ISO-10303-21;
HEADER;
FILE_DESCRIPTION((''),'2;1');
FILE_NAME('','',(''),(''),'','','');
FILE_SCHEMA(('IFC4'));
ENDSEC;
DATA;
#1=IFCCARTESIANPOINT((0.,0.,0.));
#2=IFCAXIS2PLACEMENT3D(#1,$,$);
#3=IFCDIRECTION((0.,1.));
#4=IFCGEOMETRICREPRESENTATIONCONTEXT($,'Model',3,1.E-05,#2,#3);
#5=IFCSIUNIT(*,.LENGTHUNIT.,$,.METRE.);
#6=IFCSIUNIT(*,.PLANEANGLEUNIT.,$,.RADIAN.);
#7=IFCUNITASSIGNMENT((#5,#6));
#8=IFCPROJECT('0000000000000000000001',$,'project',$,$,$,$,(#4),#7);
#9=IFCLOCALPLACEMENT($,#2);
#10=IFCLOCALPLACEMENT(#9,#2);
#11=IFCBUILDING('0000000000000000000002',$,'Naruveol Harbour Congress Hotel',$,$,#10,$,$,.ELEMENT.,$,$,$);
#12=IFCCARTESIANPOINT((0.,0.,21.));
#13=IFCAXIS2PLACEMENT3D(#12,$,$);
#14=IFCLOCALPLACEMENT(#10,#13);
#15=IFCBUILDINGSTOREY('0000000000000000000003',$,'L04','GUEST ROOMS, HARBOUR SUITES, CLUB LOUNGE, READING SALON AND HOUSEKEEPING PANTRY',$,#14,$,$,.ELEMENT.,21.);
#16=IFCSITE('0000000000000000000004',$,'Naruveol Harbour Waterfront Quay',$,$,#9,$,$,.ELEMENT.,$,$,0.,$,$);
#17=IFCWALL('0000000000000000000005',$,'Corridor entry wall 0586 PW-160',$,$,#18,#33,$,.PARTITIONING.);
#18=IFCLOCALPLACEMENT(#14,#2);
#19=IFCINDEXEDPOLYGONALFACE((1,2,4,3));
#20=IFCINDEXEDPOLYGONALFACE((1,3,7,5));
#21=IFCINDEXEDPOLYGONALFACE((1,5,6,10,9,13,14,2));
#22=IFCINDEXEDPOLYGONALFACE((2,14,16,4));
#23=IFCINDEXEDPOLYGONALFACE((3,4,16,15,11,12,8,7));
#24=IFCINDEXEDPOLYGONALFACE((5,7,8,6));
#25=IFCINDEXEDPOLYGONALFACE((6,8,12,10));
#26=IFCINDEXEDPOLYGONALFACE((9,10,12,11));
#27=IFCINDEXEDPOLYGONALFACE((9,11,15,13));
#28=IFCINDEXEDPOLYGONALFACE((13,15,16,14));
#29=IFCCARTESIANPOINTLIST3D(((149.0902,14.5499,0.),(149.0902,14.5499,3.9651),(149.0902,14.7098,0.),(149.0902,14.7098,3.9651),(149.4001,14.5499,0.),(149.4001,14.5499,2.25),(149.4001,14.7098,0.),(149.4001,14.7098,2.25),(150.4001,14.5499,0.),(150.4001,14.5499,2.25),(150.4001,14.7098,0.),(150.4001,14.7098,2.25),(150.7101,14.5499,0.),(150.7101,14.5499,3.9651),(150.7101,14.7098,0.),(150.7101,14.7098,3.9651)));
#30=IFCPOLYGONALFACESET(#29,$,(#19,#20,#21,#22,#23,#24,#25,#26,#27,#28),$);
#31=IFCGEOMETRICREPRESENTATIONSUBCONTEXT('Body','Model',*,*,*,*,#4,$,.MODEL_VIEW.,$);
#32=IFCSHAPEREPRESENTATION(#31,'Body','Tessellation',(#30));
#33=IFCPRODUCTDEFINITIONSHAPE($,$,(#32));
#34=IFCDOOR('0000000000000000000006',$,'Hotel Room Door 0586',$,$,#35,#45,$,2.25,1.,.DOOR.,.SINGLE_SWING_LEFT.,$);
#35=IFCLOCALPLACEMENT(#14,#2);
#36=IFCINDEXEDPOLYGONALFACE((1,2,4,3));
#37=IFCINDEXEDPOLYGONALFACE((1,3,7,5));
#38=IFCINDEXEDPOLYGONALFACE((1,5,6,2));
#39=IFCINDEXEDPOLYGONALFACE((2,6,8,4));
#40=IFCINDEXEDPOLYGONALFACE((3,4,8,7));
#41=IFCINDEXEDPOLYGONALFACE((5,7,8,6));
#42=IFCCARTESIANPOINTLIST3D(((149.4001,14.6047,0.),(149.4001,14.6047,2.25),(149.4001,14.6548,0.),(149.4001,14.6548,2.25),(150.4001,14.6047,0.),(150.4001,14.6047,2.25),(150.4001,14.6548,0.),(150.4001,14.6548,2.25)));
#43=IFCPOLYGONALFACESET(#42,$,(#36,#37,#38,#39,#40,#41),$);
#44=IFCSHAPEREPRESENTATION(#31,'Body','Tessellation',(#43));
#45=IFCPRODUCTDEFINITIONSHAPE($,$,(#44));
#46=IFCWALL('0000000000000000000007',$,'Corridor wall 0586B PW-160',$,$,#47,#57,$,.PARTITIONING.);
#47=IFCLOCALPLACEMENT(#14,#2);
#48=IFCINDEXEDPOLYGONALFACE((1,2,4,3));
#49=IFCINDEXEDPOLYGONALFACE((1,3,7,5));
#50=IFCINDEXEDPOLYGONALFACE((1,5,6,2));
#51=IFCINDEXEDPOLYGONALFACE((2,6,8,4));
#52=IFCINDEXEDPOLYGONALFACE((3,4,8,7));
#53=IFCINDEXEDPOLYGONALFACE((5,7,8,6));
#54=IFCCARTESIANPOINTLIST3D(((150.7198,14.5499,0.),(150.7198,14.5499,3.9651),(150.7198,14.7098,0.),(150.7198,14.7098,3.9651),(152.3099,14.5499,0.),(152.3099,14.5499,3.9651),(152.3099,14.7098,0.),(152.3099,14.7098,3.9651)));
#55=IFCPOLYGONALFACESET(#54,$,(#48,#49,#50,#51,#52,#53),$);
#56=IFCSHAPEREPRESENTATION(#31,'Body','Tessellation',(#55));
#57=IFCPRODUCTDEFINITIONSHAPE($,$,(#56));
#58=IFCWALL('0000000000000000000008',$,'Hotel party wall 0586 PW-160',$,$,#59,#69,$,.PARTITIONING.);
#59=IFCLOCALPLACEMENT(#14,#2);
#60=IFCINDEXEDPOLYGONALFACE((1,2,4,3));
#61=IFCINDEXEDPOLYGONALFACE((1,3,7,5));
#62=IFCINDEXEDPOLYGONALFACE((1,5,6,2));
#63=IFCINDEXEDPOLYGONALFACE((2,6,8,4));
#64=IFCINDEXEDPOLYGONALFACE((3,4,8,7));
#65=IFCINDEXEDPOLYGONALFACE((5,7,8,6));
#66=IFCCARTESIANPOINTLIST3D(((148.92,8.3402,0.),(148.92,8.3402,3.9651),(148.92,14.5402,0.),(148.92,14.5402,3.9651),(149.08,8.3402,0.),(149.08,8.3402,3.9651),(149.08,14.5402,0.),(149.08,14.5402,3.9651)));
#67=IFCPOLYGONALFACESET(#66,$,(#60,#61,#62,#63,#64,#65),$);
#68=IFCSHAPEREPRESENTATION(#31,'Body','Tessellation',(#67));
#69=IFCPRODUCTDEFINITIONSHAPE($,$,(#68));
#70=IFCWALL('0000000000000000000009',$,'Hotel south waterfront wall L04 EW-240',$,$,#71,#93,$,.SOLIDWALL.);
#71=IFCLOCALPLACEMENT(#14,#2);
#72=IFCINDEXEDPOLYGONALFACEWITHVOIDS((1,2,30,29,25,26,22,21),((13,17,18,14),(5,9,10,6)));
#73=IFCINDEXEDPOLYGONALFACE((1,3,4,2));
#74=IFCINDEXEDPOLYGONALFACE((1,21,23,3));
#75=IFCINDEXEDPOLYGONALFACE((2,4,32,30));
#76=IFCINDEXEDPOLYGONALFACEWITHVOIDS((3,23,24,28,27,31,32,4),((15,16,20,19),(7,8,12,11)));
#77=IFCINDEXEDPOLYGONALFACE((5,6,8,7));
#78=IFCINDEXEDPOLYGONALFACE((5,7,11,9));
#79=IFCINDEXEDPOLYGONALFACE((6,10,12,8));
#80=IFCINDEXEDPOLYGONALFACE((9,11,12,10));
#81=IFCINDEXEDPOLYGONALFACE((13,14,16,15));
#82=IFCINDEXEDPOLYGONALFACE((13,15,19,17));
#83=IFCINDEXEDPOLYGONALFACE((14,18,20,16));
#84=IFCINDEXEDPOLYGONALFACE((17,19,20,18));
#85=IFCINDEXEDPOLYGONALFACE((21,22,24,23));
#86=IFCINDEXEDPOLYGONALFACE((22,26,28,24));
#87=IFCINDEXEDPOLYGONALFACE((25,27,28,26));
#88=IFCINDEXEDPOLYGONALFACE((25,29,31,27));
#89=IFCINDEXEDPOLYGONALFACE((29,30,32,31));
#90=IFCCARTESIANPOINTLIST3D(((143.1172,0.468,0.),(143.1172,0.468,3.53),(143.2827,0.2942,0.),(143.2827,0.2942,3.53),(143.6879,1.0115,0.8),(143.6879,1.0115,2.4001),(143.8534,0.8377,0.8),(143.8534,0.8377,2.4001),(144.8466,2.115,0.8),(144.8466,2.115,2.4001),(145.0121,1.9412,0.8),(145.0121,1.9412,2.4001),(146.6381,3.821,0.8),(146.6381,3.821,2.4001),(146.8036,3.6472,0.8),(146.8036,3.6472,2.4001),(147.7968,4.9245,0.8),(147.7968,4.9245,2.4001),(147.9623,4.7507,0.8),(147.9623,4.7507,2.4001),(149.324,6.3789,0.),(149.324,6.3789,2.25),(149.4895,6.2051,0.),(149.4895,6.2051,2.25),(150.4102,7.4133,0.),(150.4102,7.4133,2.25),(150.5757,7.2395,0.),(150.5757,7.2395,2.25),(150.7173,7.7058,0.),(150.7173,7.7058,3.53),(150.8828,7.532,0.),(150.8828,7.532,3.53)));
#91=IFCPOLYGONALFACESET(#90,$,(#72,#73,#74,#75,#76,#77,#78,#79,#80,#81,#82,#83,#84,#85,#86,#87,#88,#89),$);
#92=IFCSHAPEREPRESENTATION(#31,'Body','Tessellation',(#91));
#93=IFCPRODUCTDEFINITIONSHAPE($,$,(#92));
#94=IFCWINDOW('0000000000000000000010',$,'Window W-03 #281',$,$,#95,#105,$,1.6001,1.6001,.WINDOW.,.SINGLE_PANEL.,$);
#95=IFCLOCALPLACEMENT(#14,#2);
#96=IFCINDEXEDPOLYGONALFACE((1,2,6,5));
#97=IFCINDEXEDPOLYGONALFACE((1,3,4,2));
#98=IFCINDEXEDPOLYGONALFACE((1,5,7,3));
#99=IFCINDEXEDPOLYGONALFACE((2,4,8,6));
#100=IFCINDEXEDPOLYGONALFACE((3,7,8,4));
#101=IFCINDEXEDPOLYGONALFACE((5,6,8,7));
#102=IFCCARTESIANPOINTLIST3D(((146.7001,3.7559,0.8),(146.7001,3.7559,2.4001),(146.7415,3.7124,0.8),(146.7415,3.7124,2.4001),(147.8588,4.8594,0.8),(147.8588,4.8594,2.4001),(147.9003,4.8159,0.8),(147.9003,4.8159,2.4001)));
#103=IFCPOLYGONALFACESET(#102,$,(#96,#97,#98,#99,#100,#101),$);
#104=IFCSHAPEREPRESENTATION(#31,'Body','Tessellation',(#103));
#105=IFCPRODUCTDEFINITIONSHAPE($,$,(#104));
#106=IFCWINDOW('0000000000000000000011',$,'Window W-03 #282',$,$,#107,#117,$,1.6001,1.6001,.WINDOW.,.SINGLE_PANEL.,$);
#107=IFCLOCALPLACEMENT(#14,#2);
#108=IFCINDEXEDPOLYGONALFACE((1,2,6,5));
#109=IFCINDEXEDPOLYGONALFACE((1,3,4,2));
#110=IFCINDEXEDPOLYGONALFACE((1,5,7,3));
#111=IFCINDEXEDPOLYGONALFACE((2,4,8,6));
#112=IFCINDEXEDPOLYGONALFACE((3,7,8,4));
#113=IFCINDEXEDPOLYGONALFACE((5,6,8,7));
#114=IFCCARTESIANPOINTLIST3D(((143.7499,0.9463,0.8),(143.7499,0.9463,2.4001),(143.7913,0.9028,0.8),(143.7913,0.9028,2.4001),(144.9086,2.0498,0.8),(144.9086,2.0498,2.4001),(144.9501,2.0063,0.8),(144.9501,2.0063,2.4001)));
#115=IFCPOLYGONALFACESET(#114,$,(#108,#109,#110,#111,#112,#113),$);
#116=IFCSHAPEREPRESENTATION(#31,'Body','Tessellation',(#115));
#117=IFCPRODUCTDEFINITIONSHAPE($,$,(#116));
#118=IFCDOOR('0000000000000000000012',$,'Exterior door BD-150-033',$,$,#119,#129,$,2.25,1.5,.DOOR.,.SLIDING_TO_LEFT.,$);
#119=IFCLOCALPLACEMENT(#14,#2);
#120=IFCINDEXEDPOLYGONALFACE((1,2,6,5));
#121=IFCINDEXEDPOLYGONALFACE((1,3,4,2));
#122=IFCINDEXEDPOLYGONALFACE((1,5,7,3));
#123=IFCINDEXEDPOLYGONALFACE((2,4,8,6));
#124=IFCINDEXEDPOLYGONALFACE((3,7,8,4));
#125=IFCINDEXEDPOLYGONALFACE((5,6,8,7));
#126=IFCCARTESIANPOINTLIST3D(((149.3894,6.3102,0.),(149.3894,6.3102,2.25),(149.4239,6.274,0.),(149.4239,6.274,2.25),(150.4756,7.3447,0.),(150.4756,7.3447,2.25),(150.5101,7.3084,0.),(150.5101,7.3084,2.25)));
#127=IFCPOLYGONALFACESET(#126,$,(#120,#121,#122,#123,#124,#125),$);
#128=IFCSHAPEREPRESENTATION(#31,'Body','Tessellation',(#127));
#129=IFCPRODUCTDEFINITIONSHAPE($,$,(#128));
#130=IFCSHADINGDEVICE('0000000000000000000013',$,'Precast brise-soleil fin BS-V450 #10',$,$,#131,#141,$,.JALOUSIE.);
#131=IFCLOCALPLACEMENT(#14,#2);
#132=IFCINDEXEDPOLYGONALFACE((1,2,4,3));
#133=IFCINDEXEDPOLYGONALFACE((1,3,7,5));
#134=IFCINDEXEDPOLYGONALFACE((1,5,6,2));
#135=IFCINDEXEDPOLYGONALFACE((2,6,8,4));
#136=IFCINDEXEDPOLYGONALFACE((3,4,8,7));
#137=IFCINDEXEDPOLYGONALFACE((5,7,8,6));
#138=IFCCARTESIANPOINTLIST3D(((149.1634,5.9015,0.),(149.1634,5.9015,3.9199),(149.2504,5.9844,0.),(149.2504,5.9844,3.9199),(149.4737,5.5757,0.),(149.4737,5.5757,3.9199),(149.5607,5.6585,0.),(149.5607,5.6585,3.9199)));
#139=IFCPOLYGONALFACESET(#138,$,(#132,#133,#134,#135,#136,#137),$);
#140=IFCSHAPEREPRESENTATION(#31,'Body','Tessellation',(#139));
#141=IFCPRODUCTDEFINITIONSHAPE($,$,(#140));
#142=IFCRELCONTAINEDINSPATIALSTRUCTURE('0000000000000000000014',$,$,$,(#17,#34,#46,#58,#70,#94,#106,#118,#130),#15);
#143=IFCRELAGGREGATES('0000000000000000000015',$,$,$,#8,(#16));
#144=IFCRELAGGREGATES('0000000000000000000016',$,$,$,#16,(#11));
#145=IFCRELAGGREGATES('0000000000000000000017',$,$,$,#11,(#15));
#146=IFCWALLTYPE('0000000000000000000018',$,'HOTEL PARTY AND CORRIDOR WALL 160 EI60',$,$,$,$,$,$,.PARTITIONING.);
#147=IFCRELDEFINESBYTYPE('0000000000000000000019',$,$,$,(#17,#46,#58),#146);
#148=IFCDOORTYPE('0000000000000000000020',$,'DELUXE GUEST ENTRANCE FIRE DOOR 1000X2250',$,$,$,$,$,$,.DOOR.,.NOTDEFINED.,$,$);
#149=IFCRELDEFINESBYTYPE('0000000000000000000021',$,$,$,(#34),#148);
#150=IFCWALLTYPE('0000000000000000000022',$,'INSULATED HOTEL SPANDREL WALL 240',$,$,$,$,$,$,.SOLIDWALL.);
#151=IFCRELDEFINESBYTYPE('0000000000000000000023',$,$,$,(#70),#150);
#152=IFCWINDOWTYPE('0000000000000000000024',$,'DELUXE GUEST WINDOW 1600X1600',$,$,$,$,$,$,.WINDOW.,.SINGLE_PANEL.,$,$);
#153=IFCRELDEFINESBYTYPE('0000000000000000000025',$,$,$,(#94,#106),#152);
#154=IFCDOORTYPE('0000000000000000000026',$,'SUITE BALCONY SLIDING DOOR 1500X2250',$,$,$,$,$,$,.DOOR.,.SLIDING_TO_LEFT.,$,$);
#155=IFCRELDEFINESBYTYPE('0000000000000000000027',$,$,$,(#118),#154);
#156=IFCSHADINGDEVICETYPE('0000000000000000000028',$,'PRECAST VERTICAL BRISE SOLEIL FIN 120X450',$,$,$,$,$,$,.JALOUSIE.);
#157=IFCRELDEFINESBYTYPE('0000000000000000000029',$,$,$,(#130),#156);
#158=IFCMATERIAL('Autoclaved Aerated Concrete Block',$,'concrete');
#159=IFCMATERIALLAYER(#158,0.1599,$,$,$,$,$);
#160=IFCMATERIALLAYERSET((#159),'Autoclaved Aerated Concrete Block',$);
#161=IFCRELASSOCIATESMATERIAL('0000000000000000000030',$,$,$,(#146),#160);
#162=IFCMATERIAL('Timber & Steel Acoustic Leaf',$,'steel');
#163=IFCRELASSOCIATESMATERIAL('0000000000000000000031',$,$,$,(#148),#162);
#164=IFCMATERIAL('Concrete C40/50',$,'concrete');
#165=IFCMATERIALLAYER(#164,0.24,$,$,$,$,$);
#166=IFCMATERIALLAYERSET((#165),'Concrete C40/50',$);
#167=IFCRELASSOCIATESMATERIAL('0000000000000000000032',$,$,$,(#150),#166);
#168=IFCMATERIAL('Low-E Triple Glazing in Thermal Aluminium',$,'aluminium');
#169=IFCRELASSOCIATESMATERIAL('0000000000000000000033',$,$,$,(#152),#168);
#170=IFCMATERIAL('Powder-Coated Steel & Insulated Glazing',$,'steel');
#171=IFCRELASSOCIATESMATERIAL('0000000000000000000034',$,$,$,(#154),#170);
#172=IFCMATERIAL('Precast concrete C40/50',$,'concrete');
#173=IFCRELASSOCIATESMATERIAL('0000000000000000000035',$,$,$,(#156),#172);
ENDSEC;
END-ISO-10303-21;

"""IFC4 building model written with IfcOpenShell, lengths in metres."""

from ifc_helpers import new_model, si_unit, direction, frame, frame_2d, origin, origin_2d, place, context, subcontext, project, spatial, rectangle, extrude, material, layer, layer_set, type_object, element, fill, save


model = new_model("IFC4")

# Units and contexts
model_context = context("Model", 3, precision=1e-05, world=origin(), true_north=direction((0.0, 1.0)))
body_context = subcontext(model_context, "Body", "Model", "MODEL_VIEW")
ifc_project = project(units=[si_unit("LENGTHUNIT", "METRE"), si_unit("PLANEANGLEUNIT", "RADIAN")], contexts=[model_context])

# Site, building, storey
site_placement = place(None, origin())
site = spatial("IfcSite", under=ifc_project, at=site_placement, Name="Naruveol Harbour Waterfront Quay", CompositionType="ELEMENT", RefElevation=0.0)
building_placement = place(site_placement, origin())
building = spatial("IfcBuilding", under=site, at=building_placement, Name="Naruveol Harbour Congress Hotel", CompositionType="ELEMENT")
storey_placement = place(building_placement, frame((0.0, 0.0, 21.0)))
storey = spatial("IfcBuildingStorey", under=building, at=storey_placement, Name="L04", Description="GUEST ROOMS, HARBOUR SUITES, CLUB LOUNGE, READING SALON AND HOUSEKEEPING PANTRY", CompositionType="ELEMENT", Elevation=21.0)

# Shared definitions
ifc_material_1 = material(Name="Autoclaved Aerated Concrete Block", Category="concrete")
ifc_layer_1 = layer(ifc_material_1, 0.1599)
ifc_layer_set_1 = layer_set([ifc_layer_1], Name="Autoclaved Aerated Concrete Block")
wall_type_1 = type_object("IfcWallType", Name="HOTEL PARTY AND CORRIDOR WALL 160 EI60", PredefinedType="PARTITIONING", material=ifc_layer_set_1)

# Wall, opening, door
wall_1_placement = place(storey_placement, frame((149.0901, 14.6299, 0.0), z_axis=(0.0, 0.0, 1.0), x_axis=(1.0, 0.0, 0.0)))
wall_1 = element("IfcWall", 1, at=wall_1_placement, inside=storey, type_object=wall_type_1, Name="Corridor entry wall 0586 PW-160", PredefinedType="PARTITIONING", context=body_context, shape_type="SweptSolid", body=[
    extrude(rectangle(XDim=1.6199, YDim=0.1599, at=frame_2d((0.8101, 0.0))), origin(), (0.0, 0.0, 1.0), 3.9651),
])
opening_1_placement = place(wall_1_placement, frame((0.3101, 0.0, 0.0)))
opening_1 = element("IfcOpeningElement", 2, at=opening_1_placement, cuts=wall_1, PredefinedType="OPENING", context=body_context, shape_type="SweptSolid", body=[
    extrude(rectangle(XDim=1.0, YDim=2.25, at=frame_2d((0.5, 1.125))), frame((0.0, 0.0898, 0.0), z_axis=(0.0, -1.0, 0.0), x_axis=(1.0, 0.0, 0.0)), (0.0, 0.0, 1.0), 0.1799),
])
ifc_material_2 = material(Name="Timber & Steel Acoustic Leaf", Category="steel")
door_type_1 = type_object("IfcDoorType", Name="DELUXE GUEST ENTRANCE FIRE DOOR 1000X2250", OperationType="NOTDEFINED", PredefinedType="DOOR", material=ifc_material_2)
door_1_placement = place(opening_1_placement, origin())
door_1 = element("IfcDoor", 3, at=door_1_placement, inside=storey, type_object=door_type_1, Name="Hotel Room Door 0586", OperationType="SINGLE_SWING_LEFT", OverallHeight=2.25, OverallWidth=1.0, PredefinedType="DOOR", context=body_context, shape_type="SweptSolid", body=[
    extrude(rectangle(XDim=1.0, YDim=2.25, at=frame_2d((0.5, 1.125))), frame((0.0, 0.0249, 0.0), z_axis=(0.0, -1.0, 0.0), x_axis=(1.0, 0.0, 0.0)), (0.0, 0.0, 1.0), 0.05),
])
fill(opening_1, door_1)

# Walls
wall_2_placement = place(storey_placement, frame((150.72, 14.6299, 0.0), z_axis=(0.0, 0.0, 1.0), x_axis=(1.0, 0.0, 0.0)))
element("IfcWall", 4, at=wall_2_placement, inside=storey, type_object=wall_type_1, Name="Corridor wall 0586B PW-160", PredefinedType="PARTITIONING", context=body_context, shape_type="SweptSolid", body=[
    extrude(rectangle(XDim=1.5901, YDim=0.1599, at=frame_2d((0.7949, 0.0))), origin(), (0.0, 0.0, 1.0), 3.9651),
])
wall_3_placement = place(storey_placement, frame((149.0, 8.3401, 0.0), z_axis=(0.0, 0.0, 1.0), x_axis=(0.0, 1.0, 0.0)))
element("IfcWall", 5, at=wall_3_placement, inside=storey, type_object=wall_type_1, Name="Hotel party wall 0586 PW-160", PredefinedType="PARTITIONING", context=body_context, shape_type="SweptSolid", body=[
    extrude(rectangle(XDim=6.2, YDim=0.1599, at=frame_2d((3.1001, 0.0))), origin(), (0.0, 0.0, 1.0), 3.9651),
])

# Wall, openings, windows, door
ifc_material_3 = material(Name="Concrete C40/50", Category="concrete")
ifc_layer_2 = layer(ifc_material_3, 0.24)
ifc_layer_set_2 = layer_set([ifc_layer_2], Name="Concrete C40/50")
wall_type_2 = type_object("IfcWallType", Name="INSULATED HOTEL SPANDREL WALL 240", PredefinedType="SOLIDWALL", material=ifc_layer_set_2)
wall_4_placement = place(storey_placement, frame((150.8, 7.6189, 0.0), z_axis=(0.0, 0.0, 1.0), x_axis=(-0.724157, -0.689635, 0.0)))
wall_4 = element("IfcWall", 6, at=wall_4_placement, inside=storey, type_object=wall_type_2, Name="Hotel south waterfront wall L04 EW-240", PredefinedType="SOLIDWALL", context=body_context, shape_type="SweptSolid", body=[
    extrude(rectangle(XDim=10.4951, YDim=0.24, at=frame_2d((5.2476, 0.0))), origin(), (0.0, 0.0, 1.0), 3.53),
])
opening_2_placement = place(wall_4_placement, frame((0.4241, 0.0, 0.0)))
opening_2 = element("IfcOpeningElement", 7, at=opening_2_placement, cuts=wall_4, PredefinedType="OPENING", context=body_context, shape_type="SweptSolid", body=[
    extrude(rectangle(XDim=1.5, YDim=2.25, at=frame_2d((0.75, 1.125))), frame((0.0, 0.1299, 0.0), z_axis=(0.0, -1.0, 0.0), x_axis=(1.0, 0.0, 0.0)), (0.0, 0.0, 1.0), 0.26),
])
opening_3_placement = place(wall_4_placement, frame((4.033, 0.0, 0.8)))
opening_3 = element("IfcOpeningElement", 8, at=opening_3_placement, cuts=wall_4, PredefinedType="OPENING", context=body_context, shape_type="SweptSolid", body=[
    extrude(rectangle(XDim=1.6001, YDim=1.6001, at=frame_2d((0.8, 0.8))), frame((0.0, 0.1299, 0.0), z_axis=(0.0, -1.0, 0.0), x_axis=(1.0, 0.0, 0.0)), (0.0, 0.0, 1.0), 0.26),
])
opening_4_placement = place(wall_4_placement, frame((8.1069, 0.0, 0.8)))
opening_4 = element("IfcOpeningElement", 9, at=opening_4_placement, cuts=wall_4, PredefinedType="OPENING", context=body_context, shape_type="SweptSolid", body=[
    extrude(rectangle(XDim=1.6001, YDim=1.6001, at=frame_2d((0.8, 0.8))), frame((0.0, 0.1299, 0.0), z_axis=(0.0, -1.0, 0.0), x_axis=(1.0, 0.0, 0.0)), (0.0, 0.0, 1.0), 0.26),
])
ifc_material_4 = material(Name="Low-E Triple Glazing in Thermal Aluminium", Category="aluminium")
window_type = type_object("IfcWindowType", Name="DELUXE GUEST WINDOW 1600X1600", PartitioningType="SINGLE_PANEL", PredefinedType="WINDOW", material=ifc_material_4)
window_1_placement = place(opening_3_placement, origin())
window_1 = element("IfcWindow", 10, at=window_1_placement, inside=storey, type_object=window_type, Name="Window W-03 #281", OverallHeight=1.6001, OverallWidth=1.6001, PartitioningType="SINGLE_PANEL", PredefinedType="WINDOW", context=body_context, shape_type="SweptSolid", body=[
    extrude(rectangle(XDim=1.6001, YDim=1.6001, at=frame_2d((0.8, 0.8))), frame((0.0, 0.03, 0.0), z_axis=(0.0, -1.0, 0.0), x_axis=(1.0, 0.0, 0.0)), (0.0, 0.0, 1.0), 0.0601),
])
fill(opening_3, window_1)
window_2_placement = place(opening_4_placement, origin())
window_2 = element("IfcWindow", 11, at=window_2_placement, inside=storey, type_object=window_type, Name="Window W-03 #282", OverallHeight=1.6001, OverallWidth=1.6001, PartitioningType="SINGLE_PANEL", PredefinedType="WINDOW", context=body_context, shape_type="SweptSolid", body=[
    extrude(rectangle(XDim=1.6001, YDim=1.6001, at=frame_2d((0.8, 0.8))), frame((0.0, 0.03, 0.0), z_axis=(0.0, -1.0, 0.0), x_axis=(1.0, 0.0, 0.0)), (0.0, 0.0, 1.0), 0.0601),
])
fill(opening_4, window_2)
ifc_material_5 = material(Name="Powder-Coated Steel & Insulated Glazing", Category="steel")
door_type_2 = type_object("IfcDoorType", Name="SUITE BALCONY SLIDING DOOR 1500X2250", OperationType="SLIDING_TO_LEFT", PredefinedType="DOOR", material=ifc_material_5)
door_2_placement = place(opening_2_placement, origin())
door_2 = element("IfcDoor", 12, at=door_2_placement, inside=storey, type_object=door_type_2, Name="Exterior door BD-150-033", OperationType="SLIDING_TO_LEFT", OverallHeight=2.25, OverallWidth=1.5, PredefinedType="DOOR", context=body_context, shape_type="SweptSolid", body=[
    extrude(rectangle(XDim=1.5, YDim=2.25, at=frame_2d((0.75, 1.125))), frame((0.0, 0.0249, 0.0), z_axis=(0.0, -1.0, 0.0), x_axis=(1.0, 0.0, 0.0)), (0.0, 0.0, 1.0), 0.05),
])
fill(opening_2, door_2)

# Shading device
ifc_material_6 = material(Name="Precast concrete C40/50", Category="concrete")
shading_device_type = type_object("IfcShadingDeviceType", Name="PRECAST VERTICAL BRISE SOLEIL FIN 120X450", PredefinedType="JALOUSIE", material=ifc_material_6)
shading_device_placement = place(storey_placement, frame((149.3621, 5.78, 0.0), z_axis=(0.0, 0.0, 1.0), x_axis=(-0.724172, -0.68962, 0.0)))
element("IfcShadingDevice", 13, at=shading_device_placement, inside=storey, type_object=shading_device_type, Name="Precast brise-soleil fin BS-V450 #10", PredefinedType="JALOUSIE", context=body_context, shape_type="SweptSolid", body=[
    extrude(rectangle(XDim=0.1201, YDim=0.45, at=origin_2d()), origin(), (0.0, 0.0, 1.0), 3.9199),
])

save(model, "model.ifc")
